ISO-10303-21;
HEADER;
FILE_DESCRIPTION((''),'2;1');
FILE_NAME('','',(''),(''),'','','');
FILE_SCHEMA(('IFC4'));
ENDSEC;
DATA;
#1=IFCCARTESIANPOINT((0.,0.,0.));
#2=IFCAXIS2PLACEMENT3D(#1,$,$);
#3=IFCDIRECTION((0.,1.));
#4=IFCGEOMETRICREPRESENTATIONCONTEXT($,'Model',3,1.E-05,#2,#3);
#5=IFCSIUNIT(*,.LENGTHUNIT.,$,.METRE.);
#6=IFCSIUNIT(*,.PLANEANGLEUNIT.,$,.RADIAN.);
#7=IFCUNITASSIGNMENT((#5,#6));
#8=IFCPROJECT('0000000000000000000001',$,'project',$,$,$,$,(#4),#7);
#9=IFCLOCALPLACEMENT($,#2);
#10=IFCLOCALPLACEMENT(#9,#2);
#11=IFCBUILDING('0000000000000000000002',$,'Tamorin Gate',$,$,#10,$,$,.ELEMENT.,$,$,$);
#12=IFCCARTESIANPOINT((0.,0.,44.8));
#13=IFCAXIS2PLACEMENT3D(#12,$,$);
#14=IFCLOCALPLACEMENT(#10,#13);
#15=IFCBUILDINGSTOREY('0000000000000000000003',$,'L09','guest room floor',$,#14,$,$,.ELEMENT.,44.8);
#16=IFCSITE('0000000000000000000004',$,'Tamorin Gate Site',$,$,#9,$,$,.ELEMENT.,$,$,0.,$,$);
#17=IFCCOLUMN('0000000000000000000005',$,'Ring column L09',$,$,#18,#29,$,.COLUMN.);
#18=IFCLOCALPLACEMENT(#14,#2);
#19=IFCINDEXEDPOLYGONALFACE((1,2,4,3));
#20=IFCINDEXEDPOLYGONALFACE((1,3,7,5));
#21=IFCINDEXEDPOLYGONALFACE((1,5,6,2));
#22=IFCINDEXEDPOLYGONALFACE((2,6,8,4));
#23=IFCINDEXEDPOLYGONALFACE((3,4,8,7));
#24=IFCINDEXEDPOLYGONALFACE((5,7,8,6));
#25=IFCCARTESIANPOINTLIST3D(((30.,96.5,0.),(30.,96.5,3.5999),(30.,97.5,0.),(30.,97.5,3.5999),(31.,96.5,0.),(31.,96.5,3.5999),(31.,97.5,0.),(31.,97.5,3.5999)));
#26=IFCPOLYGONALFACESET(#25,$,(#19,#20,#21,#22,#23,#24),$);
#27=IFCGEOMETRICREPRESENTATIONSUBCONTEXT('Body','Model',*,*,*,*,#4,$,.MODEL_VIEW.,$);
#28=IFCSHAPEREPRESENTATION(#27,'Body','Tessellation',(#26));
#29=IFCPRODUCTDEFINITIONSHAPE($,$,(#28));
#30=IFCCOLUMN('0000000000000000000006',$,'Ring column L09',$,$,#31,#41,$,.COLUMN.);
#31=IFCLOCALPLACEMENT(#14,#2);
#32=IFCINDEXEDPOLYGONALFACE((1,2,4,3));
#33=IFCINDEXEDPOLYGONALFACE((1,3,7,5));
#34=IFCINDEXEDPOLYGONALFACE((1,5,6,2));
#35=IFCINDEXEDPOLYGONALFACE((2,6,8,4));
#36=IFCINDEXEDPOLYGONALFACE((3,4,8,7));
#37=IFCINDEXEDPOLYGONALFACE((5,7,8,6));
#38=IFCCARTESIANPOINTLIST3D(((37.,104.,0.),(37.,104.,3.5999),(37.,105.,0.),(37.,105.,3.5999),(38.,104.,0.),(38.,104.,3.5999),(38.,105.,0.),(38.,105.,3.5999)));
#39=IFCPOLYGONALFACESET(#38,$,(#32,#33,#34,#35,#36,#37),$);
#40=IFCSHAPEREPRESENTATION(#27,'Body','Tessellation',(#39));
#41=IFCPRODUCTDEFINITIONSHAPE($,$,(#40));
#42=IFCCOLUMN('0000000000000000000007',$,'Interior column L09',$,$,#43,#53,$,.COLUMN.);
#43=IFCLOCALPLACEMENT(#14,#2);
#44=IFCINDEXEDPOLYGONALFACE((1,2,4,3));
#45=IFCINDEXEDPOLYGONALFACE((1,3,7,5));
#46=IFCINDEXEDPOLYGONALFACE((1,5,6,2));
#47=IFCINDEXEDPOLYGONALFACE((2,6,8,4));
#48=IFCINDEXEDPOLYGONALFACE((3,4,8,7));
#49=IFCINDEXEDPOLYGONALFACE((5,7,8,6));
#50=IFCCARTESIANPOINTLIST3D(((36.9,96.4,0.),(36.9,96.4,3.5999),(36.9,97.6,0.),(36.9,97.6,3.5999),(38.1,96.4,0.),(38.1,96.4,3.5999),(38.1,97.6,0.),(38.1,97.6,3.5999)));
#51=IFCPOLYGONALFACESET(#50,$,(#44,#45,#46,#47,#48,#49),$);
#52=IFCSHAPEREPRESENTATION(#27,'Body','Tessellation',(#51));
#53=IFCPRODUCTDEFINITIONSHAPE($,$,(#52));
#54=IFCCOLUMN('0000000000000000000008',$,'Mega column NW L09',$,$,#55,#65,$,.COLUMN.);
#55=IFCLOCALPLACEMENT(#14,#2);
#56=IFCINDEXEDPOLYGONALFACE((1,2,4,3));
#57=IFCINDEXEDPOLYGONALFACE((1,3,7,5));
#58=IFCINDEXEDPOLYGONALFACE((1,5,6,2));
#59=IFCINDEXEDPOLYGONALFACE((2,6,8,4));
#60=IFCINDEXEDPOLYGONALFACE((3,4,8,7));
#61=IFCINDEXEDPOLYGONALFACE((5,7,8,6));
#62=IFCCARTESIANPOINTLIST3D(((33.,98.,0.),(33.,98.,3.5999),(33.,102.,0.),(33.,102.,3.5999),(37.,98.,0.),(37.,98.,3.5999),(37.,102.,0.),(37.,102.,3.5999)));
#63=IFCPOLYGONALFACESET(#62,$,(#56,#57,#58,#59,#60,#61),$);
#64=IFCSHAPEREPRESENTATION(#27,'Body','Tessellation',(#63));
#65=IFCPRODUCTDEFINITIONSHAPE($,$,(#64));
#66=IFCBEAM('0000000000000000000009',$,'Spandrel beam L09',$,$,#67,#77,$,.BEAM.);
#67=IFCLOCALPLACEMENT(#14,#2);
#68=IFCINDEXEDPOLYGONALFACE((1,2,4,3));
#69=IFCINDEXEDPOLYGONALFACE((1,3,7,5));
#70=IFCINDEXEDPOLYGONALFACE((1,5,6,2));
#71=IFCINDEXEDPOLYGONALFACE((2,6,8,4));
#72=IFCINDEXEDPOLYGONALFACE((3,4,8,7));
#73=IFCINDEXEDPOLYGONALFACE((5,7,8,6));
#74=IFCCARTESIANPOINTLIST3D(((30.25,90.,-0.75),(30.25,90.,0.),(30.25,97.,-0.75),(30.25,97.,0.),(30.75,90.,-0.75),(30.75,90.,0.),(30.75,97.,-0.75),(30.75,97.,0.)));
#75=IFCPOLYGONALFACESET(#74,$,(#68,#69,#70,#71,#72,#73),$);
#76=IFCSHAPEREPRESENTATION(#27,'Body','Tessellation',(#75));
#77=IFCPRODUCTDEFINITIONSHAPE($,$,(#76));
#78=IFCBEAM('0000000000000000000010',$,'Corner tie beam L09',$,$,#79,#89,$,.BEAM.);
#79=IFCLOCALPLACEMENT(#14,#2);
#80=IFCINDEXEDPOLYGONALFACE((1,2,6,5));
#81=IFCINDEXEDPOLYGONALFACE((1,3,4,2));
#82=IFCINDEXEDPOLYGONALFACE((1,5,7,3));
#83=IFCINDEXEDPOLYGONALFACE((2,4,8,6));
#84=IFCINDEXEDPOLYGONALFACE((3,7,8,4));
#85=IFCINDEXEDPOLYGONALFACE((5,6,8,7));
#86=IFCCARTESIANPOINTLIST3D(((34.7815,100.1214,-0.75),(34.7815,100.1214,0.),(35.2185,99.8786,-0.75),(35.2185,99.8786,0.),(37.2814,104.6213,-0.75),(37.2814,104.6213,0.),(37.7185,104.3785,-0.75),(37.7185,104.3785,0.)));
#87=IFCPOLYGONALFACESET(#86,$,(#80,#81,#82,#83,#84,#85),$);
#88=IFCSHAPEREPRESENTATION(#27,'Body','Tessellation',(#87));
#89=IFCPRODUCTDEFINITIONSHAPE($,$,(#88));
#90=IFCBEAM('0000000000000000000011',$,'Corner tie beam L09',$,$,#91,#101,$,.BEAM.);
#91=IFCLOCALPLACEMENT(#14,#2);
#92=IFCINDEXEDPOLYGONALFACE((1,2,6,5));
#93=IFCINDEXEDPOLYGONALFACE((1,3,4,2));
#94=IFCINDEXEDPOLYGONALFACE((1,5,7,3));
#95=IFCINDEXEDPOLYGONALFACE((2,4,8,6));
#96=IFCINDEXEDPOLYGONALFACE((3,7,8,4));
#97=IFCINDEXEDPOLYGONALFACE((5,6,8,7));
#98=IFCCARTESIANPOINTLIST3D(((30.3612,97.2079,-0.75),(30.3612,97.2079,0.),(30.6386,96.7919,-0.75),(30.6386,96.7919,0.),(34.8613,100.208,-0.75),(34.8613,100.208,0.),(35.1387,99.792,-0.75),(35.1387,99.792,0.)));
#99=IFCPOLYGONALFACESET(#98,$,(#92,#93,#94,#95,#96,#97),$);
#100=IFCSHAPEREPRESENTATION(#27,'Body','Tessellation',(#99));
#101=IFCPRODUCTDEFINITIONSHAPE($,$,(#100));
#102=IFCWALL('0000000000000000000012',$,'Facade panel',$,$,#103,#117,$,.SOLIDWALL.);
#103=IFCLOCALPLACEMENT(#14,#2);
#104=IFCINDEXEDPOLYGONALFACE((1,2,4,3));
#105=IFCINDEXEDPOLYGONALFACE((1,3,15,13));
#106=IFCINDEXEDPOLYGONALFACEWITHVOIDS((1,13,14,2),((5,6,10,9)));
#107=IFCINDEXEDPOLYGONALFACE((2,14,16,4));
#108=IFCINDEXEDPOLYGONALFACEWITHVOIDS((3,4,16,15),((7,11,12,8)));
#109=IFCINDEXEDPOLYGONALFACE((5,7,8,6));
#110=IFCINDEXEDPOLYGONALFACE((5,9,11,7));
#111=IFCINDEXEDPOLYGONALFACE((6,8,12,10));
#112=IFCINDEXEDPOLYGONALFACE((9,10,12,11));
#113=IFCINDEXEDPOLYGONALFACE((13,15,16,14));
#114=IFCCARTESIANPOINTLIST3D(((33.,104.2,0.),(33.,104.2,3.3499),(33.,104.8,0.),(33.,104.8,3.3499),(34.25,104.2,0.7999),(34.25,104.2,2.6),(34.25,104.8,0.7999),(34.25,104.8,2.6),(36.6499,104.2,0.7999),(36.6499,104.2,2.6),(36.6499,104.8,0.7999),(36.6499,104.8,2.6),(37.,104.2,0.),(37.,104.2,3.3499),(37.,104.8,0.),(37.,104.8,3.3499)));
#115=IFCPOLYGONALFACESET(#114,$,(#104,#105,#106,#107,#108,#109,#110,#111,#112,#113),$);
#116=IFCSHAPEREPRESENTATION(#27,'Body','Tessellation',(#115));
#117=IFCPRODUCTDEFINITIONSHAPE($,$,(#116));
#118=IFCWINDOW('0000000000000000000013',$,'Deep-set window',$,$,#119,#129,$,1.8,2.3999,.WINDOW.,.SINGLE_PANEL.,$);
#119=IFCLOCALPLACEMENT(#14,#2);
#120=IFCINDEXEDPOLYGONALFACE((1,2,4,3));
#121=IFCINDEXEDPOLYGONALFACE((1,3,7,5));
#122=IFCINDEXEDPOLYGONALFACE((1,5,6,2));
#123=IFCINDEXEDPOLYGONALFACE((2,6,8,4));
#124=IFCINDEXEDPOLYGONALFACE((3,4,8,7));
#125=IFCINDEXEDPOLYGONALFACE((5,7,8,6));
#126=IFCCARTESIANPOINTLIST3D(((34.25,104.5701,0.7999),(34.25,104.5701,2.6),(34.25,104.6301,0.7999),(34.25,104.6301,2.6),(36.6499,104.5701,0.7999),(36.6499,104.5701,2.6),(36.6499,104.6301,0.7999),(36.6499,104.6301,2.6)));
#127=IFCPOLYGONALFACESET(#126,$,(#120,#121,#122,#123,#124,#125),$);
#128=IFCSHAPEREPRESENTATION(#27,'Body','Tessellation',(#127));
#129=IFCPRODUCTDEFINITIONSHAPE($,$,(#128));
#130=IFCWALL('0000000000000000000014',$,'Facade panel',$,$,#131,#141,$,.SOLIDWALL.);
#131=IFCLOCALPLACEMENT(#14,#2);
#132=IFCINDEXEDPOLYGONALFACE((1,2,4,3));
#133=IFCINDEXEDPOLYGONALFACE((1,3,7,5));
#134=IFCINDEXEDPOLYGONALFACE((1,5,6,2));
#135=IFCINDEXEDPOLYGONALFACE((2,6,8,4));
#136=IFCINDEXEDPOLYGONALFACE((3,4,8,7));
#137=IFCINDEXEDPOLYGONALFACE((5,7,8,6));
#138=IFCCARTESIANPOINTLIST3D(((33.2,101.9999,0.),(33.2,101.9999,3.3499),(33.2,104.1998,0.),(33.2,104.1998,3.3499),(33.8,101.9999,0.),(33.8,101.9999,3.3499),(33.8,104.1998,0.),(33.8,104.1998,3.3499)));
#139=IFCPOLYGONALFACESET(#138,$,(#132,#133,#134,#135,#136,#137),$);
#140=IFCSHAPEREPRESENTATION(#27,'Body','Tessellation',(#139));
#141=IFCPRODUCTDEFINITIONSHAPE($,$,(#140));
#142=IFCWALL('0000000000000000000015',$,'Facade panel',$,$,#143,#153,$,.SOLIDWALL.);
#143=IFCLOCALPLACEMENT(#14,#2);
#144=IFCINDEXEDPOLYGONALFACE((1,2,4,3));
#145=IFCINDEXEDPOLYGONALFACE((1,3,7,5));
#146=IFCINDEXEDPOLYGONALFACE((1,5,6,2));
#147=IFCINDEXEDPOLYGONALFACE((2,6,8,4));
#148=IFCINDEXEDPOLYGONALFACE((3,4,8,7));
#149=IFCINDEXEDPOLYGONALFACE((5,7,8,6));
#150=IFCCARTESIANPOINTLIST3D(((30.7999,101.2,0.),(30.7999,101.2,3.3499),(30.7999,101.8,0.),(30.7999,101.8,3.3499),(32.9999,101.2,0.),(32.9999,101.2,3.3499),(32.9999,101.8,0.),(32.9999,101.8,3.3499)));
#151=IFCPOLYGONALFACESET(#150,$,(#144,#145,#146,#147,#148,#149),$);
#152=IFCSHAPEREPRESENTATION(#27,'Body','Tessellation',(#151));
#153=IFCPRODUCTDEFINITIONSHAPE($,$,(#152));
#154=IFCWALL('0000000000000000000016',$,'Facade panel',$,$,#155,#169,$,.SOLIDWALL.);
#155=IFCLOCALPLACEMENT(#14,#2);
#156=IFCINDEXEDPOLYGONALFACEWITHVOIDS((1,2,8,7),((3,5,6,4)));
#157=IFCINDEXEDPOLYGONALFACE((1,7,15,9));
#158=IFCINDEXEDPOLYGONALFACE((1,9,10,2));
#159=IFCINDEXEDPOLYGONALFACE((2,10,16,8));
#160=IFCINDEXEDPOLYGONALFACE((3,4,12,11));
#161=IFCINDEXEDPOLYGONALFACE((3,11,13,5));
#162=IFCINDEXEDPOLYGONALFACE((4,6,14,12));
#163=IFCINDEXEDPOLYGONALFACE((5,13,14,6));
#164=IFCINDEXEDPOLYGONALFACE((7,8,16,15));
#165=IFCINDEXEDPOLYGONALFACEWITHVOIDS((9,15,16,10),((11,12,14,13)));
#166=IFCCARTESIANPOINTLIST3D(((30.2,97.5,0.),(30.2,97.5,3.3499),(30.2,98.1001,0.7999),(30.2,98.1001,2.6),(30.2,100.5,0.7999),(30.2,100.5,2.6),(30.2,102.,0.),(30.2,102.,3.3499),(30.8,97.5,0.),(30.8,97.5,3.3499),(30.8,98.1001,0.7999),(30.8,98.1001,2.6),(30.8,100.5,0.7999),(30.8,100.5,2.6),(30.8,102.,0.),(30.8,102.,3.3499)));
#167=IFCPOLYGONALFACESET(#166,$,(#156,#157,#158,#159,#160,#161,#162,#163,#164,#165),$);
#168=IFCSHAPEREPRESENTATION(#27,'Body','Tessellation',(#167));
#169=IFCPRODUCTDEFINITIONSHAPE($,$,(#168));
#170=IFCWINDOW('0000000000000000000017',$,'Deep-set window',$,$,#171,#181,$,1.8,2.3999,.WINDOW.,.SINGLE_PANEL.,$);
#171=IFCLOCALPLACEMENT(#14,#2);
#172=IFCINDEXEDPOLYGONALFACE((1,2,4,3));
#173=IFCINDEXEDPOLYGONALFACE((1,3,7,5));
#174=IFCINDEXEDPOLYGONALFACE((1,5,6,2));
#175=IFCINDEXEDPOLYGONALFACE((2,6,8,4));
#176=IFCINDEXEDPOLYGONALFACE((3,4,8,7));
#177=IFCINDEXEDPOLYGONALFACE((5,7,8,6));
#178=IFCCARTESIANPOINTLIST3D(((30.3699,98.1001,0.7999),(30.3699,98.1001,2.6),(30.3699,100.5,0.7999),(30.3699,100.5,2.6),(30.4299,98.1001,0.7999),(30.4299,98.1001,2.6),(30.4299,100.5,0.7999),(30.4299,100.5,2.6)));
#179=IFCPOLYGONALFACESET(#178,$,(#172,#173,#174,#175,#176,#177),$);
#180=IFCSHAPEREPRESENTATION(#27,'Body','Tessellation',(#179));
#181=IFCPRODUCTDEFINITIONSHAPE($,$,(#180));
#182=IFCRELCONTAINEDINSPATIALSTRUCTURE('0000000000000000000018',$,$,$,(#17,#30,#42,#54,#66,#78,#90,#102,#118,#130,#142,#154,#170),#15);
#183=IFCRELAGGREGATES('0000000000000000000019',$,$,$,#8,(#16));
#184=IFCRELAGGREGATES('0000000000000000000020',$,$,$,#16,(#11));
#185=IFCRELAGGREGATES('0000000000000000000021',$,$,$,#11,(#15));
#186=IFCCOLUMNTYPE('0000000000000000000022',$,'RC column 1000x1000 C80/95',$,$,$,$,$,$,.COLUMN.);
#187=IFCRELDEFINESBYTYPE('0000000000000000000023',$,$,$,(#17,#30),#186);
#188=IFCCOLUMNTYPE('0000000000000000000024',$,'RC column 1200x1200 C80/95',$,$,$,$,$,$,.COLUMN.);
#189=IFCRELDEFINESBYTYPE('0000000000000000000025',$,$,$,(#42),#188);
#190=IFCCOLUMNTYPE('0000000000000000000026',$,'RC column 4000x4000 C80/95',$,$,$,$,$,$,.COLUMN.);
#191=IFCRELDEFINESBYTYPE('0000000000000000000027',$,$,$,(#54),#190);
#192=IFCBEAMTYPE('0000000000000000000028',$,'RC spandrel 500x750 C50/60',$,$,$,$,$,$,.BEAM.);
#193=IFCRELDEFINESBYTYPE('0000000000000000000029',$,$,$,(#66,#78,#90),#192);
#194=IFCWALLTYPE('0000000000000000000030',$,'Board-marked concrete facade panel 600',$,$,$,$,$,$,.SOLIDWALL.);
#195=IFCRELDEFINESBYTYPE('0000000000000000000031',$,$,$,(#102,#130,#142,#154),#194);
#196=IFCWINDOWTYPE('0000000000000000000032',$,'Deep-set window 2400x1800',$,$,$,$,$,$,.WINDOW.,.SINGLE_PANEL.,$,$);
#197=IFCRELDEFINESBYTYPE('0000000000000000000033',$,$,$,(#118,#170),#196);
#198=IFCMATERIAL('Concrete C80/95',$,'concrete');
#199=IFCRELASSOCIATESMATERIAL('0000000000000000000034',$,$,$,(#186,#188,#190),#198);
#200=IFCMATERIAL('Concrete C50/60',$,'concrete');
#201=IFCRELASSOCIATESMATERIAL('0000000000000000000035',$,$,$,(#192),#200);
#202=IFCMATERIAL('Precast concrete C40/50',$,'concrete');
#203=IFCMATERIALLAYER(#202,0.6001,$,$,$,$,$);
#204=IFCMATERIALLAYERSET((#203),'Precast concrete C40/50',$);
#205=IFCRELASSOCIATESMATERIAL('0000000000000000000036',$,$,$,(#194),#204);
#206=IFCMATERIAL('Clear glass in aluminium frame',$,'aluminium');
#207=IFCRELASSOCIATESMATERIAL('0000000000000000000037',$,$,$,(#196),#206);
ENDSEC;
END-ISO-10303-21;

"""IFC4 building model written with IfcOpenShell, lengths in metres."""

from ifc_helpers import new_model, si_unit, direction, frame, frame_2d, origin, origin_2d, place, context, subcontext, project, spatial, rectangle, extrude, material, layer, layer_set, material_profile, profile_set, type_object, element, fill, save


model = new_model("IFC4")

# Units and contexts
model_context = context("Model", 3, precision=1e-05, world=origin(), true_north=direction((0.0, 1.0)))
body_context = subcontext(model_context, "Body", "Model", "MODEL_VIEW")
ifc_project = project(units=[si_unit("LENGTHUNIT", "METRE"), si_unit("PLANEANGLEUNIT", "RADIAN")], contexts=[model_context])

# Site, building, storey
site_placement = place(None, origin())
site = spatial("IfcSite", under=ifc_project, at=site_placement, Name="Tamorin Gate Site", CompositionType="ELEMENT", RefElevation=0.0)
building_placement = place(site_placement, origin())
building = spatial("IfcBuilding", under=site, at=building_placement, Name="Tamorin Gate", CompositionType="ELEMENT")
storey_placement = place(building_placement, frame((0.0, 0.0, 44.8)))
storey = spatial("IfcBuildingStorey", under=building, at=storey_placement, Name="L09", Description="guest room floor", CompositionType="ELEMENT", Elevation=44.8)

# Columns
ifc_material_1 = material(Name="Concrete C80/95", Category="concrete")
ifc_material_profile_1 = material_profile(ifc_material_1, rectangle(XDim=1.0, YDim=1.0, at=origin_2d()), Name="RC 1000x1000")
ifc_profile_set_1 = profile_set([ifc_material_profile_1], Name="Concrete C80/95")
column_type_1 = type_object("IfcColumnType", Name="RC column 1000x1000 C80/95", PredefinedType="COLUMN", material=ifc_profile_set_1)
for number, where, z_axis, x_axis, name in (
    (1, (30.5, 97.0, 0.0), (0.0, 0.0, 1.0), (1.0, 0.0, 0.0), "Ring column L09"),
    (2, (37.5, 104.5, 0.0), (0.0, 0.0, 1.0), (1.0, 0.0, 0.0), "Ring column L09"),
):
    element("IfcColumn", number, at=place(storey_placement, frame(where, z_axis=z_axis, x_axis=x_axis)), inside=storey, type_object=column_type_1, Name=name, PredefinedType="COLUMN", context=body_context, shape_type="SweptSolid", body=[
        extrude(rectangle(XDim=1.0, YDim=1.0, at=origin_2d()), origin(), (0.0, 0.0, 1.0), 3.5999),
    ])
ifc_material_profile_2 = material_profile(ifc_material_1, rectangle(XDim=1.2, YDim=1.2, at=origin_2d()), Name="RC 1200x1200")
ifc_profile_set_2 = profile_set([ifc_material_profile_2], Name="Concrete C80/95")
column_type_2 = type_object("IfcColumnType", Name="RC column 1200x1200 C80/95", PredefinedType="COLUMN", material=ifc_profile_set_2)
column_1_placement = place(storey_placement, frame((37.5, 97.0, 0.0), z_axis=(0.0, 0.0, 1.0), x_axis=(1.0, 0.0, 0.0)))
element("IfcColumn", 3, at=column_1_placement, inside=storey, type_object=column_type_2, Name="Interior column L09", PredefinedType="COLUMN", context=body_context, shape_type="SweptSolid", body=[
    extrude(rectangle(XDim=1.2, YDim=1.2, at=origin_2d()), origin(), (0.0, 0.0, 1.0), 3.5999),
])
ifc_material_profile_3 = material_profile(ifc_material_1, rectangle(XDim=4.0, YDim=4.0, at=origin_2d()), Name="RC 4000x4000")
ifc_profile_set_3 = profile_set([ifc_material_profile_3], Name="Concrete C80/95")
column_type_3 = type_object("IfcColumnType", Name="RC column 4000x4000 C80/95", PredefinedType="COLUMN", material=ifc_profile_set_3)
column_2_placement = place(storey_placement, frame((35.0, 100.0, 0.0), z_axis=(0.0, 0.0, 1.0), x_axis=(1.0, 0.0, 0.0)))
element("IfcColumn", 4, at=column_2_placement, inside=storey, type_object=column_type_3, Name="Mega column NW L09", PredefinedType="COLUMN", context=body_context, shape_type="SweptSolid", body=[
    extrude(rectangle(XDim=4.0, YDim=4.0, at=origin_2d()), origin(), (0.0, 0.0, 1.0), 3.5999),
])

# Beams
ifc_material_2 = material(Name="Concrete C50/60", Category="concrete")
ifc_material_profile_4 = material_profile(ifc_material_2, rectangle(XDim=0.5, YDim=0.75, at=origin_2d()), Name="RC 500x750")
ifc_profile_set_4 = profile_set([ifc_material_profile_4], Name="Concrete C50/60")
beam_type = type_object("IfcBeamType", Name="RC spandrel 500x750 C50/60", PredefinedType="BEAM", material=ifc_profile_set_4)
beam_1_placement = place(storey_placement, frame((30.5, 97.0, -0.375), z_axis=(0.0, -1.0, 0.0), x_axis=(1.0, 0.0, 0.0)))
element("IfcBeam", 5, at=beam_1_placement, inside=storey, type_object=beam_type, Name="Spandrel beam L09", PredefinedType="BEAM", context=body_context, shape_type="SweptSolid", body=[
    extrude(rectangle(XDim=0.5, YDim=0.75, at=origin_2d()), origin(), (0.0, 0.0, 1.0), 7.0),
])
beam_2_placement = place(storey_placement, frame((35.0, 100.0, -0.375), z_axis=(0.485643, 0.874157, 0.0), x_axis=(-0.874157, 0.485643, 0.0)))
element("IfcBeam", 6, at=beam_2_placement, inside=storey, type_object=beam_type, Name="Corner tie beam L09", PredefinedType="BEAM", context=body_context, shape_type="SweptSolid", body=[
    extrude(rectangle(XDim=0.5, YDim=0.75, at=origin_2d()), origin(), (0.0, 0.0, 1.0), 5.1477),
])
beam_3_placement = place(storey_placement, frame((35.0, 100.0, -0.375), z_axis=(-0.83205, -0.5547, 0.0), x_axis=(0.5547, -0.83205, 0.0)))
element("IfcBeam", 7, at=beam_3_placement, inside=storey, type_object=beam_type, Name="Corner tie beam L09", PredefinedType="BEAM", context=body_context, shape_type="SweptSolid", body=[
    extrude(rectangle(XDim=0.5, YDim=0.75, at=origin_2d()), origin(), (0.0, 0.0, 1.0), 5.4084),
])

# Wall, opening, window
ifc_material_3 = material(Name="Precast concrete C40/50", Category="concrete")
ifc_layer_1 = layer(ifc_material_3, 0.6001)
ifc_layer_set_1 = layer_set([ifc_layer_1], Name="Precast concrete C40/50")
wall_type_1 = type_object("IfcWallType", Name="Board-marked concrete facade panel 600", PredefinedType="SOLIDWALL", material=ifc_layer_set_1)
wall_1_placement = place(storey_placement, frame((37.0, 104.5, 0.0), z_axis=(0.0, 0.0, 1.0), x_axis=(-1.0, 0.0, 0.0)))
wall_1 = element("IfcWall", 8, at=wall_1_placement, inside=storey, type_object=wall_type_1, Name="Facade panel", PredefinedType="SOLIDWALL", context=body_context, shape_type="SweptSolid", body=[
    extrude(rectangle(XDim=4.0, YDim=0.6001, at=frame_2d((2.0, 0.0))), origin(), (0.0, 0.0, 1.0), 3.3499),
])
opening_1_placement = place(wall_1_placement, frame((0.3501, 0.0, 0.8)))
opening_1 = element("IfcOpeningElement", 9, at=opening_1_placement, cuts=wall_1, PredefinedType="OPENING", context=body_context, shape_type="SweptSolid", body=[
    extrude(rectangle(XDim=2.3999, YDim=1.8, at=frame_2d((1.2, 0.8999))), frame((0.0, 0.3101, 0.0), z_axis=(0.0, -1.0, 0.0), x_axis=(1.0, 0.0, 0.0)), (0.0, 0.0, 1.0), 0.6201),
])
ifc_material_4 = material(Name="Clear glass in aluminium frame", Category="aluminium")
window_type = type_object("IfcWindowType", Name="Deep-set window 2400x1800", PartitioningType="SINGLE_PANEL", PredefinedType="WINDOW", material=ifc_material_4)
window_1_placement = place(opening_1_placement, origin())
window_1 = element("IfcWindow", 10, at=window_1_placement, inside=storey, type_object=window_type, Name="Deep-set window", OverallHeight=1.8, OverallWidth=2.3999, PartitioningType="SINGLE_PANEL", PredefinedType="WINDOW", context=body_context, shape_type="SweptSolid", body=[
    extrude(rectangle(XDim=2.3999, YDim=1.8, at=frame_2d((1.2, 0.8999))), frame((0.0, -0.0701, 0.0), z_axis=(0.0, -1.0, 0.0), x_axis=(1.0, 0.0, 0.0)), (0.0, 0.0, 1.0), 0.0601),
])
fill(opening_1, window_1)

# Walls
for number, where, z_axis, x_axis, name in (
    (11, (33.5, 104.2, 0.0), (0.0, 0.0, 1.0), (0.0, -1.0, 0.0), "Facade panel"),
    (12, (33.0, 101.5, 0.0), (0.0, 0.0, 1.0), (-1.0, 0.0, 0.0), "Facade panel"),
):
    element("IfcWall", number, at=place(storey_placement, frame(where, z_axis=z_axis, x_axis=x_axis)), inside=storey, type_object=wall_type_1, Name=name, PredefinedType="SOLIDWALL", context=body_context, shape_type="SweptSolid", body=[
        extrude(rectangle(XDim=2.2, YDim=0.6001, at=frame_2d((1.1001, 0.0))), origin(), (0.0, 0.0, 1.0), 3.3499),
    ])

# Wall, opening, window
wall_2_placement = place(storey_placement, frame((30.5, 102.0, 0.0), z_axis=(0.0, 0.0, 1.0), x_axis=(0.0, -1.0, 0.0)))
wall_2 = element("IfcWall", 13, at=wall_2_placement, inside=storey, type_object=wall_type_1, Name="Facade panel", PredefinedType="SOLIDWALL", context=body_context, shape_type="SweptSolid", body=[
    extrude(rectangle(XDim=4.5, YDim=0.6001, at=frame_2d((2.25, 0.0))), origin(), (0.0, 0.0, 1.0), 3.3499),
])
opening_2_placement = place(wall_2_placement, frame((1.5, 0.0, 0.8)))
opening_2 = element("IfcOpeningElement", 14, at=opening_2_placement, cuts=wall_2, PredefinedType="OPENING", context=body_context, shape_type="SweptSolid", body=[
    extrude(rectangle(XDim=2.3999, YDim=1.8, at=frame_2d((1.2, 0.8999))), frame((0.0, 0.3101, 0.0), z_axis=(0.0, -1.0, 0.0), x_axis=(1.0, 0.0, 0.0)), (0.0, 0.0, 1.0), 0.6201),
])
window_2_placement = place(opening_2_placement, origin())
window_2 = element("IfcWindow", 15, at=window_2_placement, inside=storey, type_object=window_type, Name="Deep-set window", OverallHeight=1.8, OverallWidth=2.3999, PartitioningType="SINGLE_PANEL", PredefinedType="WINDOW", context=body_context, shape_type="SweptSolid", body=[
    extrude(rectangle(XDim=2.3999, YDim=1.8, at=frame_2d((1.2, 0.8999))), frame((0.0, -0.0701, 0.0), z_axis=(0.0, -1.0, 0.0), x_axis=(1.0, 0.0, 0.0)), (0.0, 0.0, 1.0), 0.0601),
])
fill(opening_2, window_2)

save(model, "model.ifc")
